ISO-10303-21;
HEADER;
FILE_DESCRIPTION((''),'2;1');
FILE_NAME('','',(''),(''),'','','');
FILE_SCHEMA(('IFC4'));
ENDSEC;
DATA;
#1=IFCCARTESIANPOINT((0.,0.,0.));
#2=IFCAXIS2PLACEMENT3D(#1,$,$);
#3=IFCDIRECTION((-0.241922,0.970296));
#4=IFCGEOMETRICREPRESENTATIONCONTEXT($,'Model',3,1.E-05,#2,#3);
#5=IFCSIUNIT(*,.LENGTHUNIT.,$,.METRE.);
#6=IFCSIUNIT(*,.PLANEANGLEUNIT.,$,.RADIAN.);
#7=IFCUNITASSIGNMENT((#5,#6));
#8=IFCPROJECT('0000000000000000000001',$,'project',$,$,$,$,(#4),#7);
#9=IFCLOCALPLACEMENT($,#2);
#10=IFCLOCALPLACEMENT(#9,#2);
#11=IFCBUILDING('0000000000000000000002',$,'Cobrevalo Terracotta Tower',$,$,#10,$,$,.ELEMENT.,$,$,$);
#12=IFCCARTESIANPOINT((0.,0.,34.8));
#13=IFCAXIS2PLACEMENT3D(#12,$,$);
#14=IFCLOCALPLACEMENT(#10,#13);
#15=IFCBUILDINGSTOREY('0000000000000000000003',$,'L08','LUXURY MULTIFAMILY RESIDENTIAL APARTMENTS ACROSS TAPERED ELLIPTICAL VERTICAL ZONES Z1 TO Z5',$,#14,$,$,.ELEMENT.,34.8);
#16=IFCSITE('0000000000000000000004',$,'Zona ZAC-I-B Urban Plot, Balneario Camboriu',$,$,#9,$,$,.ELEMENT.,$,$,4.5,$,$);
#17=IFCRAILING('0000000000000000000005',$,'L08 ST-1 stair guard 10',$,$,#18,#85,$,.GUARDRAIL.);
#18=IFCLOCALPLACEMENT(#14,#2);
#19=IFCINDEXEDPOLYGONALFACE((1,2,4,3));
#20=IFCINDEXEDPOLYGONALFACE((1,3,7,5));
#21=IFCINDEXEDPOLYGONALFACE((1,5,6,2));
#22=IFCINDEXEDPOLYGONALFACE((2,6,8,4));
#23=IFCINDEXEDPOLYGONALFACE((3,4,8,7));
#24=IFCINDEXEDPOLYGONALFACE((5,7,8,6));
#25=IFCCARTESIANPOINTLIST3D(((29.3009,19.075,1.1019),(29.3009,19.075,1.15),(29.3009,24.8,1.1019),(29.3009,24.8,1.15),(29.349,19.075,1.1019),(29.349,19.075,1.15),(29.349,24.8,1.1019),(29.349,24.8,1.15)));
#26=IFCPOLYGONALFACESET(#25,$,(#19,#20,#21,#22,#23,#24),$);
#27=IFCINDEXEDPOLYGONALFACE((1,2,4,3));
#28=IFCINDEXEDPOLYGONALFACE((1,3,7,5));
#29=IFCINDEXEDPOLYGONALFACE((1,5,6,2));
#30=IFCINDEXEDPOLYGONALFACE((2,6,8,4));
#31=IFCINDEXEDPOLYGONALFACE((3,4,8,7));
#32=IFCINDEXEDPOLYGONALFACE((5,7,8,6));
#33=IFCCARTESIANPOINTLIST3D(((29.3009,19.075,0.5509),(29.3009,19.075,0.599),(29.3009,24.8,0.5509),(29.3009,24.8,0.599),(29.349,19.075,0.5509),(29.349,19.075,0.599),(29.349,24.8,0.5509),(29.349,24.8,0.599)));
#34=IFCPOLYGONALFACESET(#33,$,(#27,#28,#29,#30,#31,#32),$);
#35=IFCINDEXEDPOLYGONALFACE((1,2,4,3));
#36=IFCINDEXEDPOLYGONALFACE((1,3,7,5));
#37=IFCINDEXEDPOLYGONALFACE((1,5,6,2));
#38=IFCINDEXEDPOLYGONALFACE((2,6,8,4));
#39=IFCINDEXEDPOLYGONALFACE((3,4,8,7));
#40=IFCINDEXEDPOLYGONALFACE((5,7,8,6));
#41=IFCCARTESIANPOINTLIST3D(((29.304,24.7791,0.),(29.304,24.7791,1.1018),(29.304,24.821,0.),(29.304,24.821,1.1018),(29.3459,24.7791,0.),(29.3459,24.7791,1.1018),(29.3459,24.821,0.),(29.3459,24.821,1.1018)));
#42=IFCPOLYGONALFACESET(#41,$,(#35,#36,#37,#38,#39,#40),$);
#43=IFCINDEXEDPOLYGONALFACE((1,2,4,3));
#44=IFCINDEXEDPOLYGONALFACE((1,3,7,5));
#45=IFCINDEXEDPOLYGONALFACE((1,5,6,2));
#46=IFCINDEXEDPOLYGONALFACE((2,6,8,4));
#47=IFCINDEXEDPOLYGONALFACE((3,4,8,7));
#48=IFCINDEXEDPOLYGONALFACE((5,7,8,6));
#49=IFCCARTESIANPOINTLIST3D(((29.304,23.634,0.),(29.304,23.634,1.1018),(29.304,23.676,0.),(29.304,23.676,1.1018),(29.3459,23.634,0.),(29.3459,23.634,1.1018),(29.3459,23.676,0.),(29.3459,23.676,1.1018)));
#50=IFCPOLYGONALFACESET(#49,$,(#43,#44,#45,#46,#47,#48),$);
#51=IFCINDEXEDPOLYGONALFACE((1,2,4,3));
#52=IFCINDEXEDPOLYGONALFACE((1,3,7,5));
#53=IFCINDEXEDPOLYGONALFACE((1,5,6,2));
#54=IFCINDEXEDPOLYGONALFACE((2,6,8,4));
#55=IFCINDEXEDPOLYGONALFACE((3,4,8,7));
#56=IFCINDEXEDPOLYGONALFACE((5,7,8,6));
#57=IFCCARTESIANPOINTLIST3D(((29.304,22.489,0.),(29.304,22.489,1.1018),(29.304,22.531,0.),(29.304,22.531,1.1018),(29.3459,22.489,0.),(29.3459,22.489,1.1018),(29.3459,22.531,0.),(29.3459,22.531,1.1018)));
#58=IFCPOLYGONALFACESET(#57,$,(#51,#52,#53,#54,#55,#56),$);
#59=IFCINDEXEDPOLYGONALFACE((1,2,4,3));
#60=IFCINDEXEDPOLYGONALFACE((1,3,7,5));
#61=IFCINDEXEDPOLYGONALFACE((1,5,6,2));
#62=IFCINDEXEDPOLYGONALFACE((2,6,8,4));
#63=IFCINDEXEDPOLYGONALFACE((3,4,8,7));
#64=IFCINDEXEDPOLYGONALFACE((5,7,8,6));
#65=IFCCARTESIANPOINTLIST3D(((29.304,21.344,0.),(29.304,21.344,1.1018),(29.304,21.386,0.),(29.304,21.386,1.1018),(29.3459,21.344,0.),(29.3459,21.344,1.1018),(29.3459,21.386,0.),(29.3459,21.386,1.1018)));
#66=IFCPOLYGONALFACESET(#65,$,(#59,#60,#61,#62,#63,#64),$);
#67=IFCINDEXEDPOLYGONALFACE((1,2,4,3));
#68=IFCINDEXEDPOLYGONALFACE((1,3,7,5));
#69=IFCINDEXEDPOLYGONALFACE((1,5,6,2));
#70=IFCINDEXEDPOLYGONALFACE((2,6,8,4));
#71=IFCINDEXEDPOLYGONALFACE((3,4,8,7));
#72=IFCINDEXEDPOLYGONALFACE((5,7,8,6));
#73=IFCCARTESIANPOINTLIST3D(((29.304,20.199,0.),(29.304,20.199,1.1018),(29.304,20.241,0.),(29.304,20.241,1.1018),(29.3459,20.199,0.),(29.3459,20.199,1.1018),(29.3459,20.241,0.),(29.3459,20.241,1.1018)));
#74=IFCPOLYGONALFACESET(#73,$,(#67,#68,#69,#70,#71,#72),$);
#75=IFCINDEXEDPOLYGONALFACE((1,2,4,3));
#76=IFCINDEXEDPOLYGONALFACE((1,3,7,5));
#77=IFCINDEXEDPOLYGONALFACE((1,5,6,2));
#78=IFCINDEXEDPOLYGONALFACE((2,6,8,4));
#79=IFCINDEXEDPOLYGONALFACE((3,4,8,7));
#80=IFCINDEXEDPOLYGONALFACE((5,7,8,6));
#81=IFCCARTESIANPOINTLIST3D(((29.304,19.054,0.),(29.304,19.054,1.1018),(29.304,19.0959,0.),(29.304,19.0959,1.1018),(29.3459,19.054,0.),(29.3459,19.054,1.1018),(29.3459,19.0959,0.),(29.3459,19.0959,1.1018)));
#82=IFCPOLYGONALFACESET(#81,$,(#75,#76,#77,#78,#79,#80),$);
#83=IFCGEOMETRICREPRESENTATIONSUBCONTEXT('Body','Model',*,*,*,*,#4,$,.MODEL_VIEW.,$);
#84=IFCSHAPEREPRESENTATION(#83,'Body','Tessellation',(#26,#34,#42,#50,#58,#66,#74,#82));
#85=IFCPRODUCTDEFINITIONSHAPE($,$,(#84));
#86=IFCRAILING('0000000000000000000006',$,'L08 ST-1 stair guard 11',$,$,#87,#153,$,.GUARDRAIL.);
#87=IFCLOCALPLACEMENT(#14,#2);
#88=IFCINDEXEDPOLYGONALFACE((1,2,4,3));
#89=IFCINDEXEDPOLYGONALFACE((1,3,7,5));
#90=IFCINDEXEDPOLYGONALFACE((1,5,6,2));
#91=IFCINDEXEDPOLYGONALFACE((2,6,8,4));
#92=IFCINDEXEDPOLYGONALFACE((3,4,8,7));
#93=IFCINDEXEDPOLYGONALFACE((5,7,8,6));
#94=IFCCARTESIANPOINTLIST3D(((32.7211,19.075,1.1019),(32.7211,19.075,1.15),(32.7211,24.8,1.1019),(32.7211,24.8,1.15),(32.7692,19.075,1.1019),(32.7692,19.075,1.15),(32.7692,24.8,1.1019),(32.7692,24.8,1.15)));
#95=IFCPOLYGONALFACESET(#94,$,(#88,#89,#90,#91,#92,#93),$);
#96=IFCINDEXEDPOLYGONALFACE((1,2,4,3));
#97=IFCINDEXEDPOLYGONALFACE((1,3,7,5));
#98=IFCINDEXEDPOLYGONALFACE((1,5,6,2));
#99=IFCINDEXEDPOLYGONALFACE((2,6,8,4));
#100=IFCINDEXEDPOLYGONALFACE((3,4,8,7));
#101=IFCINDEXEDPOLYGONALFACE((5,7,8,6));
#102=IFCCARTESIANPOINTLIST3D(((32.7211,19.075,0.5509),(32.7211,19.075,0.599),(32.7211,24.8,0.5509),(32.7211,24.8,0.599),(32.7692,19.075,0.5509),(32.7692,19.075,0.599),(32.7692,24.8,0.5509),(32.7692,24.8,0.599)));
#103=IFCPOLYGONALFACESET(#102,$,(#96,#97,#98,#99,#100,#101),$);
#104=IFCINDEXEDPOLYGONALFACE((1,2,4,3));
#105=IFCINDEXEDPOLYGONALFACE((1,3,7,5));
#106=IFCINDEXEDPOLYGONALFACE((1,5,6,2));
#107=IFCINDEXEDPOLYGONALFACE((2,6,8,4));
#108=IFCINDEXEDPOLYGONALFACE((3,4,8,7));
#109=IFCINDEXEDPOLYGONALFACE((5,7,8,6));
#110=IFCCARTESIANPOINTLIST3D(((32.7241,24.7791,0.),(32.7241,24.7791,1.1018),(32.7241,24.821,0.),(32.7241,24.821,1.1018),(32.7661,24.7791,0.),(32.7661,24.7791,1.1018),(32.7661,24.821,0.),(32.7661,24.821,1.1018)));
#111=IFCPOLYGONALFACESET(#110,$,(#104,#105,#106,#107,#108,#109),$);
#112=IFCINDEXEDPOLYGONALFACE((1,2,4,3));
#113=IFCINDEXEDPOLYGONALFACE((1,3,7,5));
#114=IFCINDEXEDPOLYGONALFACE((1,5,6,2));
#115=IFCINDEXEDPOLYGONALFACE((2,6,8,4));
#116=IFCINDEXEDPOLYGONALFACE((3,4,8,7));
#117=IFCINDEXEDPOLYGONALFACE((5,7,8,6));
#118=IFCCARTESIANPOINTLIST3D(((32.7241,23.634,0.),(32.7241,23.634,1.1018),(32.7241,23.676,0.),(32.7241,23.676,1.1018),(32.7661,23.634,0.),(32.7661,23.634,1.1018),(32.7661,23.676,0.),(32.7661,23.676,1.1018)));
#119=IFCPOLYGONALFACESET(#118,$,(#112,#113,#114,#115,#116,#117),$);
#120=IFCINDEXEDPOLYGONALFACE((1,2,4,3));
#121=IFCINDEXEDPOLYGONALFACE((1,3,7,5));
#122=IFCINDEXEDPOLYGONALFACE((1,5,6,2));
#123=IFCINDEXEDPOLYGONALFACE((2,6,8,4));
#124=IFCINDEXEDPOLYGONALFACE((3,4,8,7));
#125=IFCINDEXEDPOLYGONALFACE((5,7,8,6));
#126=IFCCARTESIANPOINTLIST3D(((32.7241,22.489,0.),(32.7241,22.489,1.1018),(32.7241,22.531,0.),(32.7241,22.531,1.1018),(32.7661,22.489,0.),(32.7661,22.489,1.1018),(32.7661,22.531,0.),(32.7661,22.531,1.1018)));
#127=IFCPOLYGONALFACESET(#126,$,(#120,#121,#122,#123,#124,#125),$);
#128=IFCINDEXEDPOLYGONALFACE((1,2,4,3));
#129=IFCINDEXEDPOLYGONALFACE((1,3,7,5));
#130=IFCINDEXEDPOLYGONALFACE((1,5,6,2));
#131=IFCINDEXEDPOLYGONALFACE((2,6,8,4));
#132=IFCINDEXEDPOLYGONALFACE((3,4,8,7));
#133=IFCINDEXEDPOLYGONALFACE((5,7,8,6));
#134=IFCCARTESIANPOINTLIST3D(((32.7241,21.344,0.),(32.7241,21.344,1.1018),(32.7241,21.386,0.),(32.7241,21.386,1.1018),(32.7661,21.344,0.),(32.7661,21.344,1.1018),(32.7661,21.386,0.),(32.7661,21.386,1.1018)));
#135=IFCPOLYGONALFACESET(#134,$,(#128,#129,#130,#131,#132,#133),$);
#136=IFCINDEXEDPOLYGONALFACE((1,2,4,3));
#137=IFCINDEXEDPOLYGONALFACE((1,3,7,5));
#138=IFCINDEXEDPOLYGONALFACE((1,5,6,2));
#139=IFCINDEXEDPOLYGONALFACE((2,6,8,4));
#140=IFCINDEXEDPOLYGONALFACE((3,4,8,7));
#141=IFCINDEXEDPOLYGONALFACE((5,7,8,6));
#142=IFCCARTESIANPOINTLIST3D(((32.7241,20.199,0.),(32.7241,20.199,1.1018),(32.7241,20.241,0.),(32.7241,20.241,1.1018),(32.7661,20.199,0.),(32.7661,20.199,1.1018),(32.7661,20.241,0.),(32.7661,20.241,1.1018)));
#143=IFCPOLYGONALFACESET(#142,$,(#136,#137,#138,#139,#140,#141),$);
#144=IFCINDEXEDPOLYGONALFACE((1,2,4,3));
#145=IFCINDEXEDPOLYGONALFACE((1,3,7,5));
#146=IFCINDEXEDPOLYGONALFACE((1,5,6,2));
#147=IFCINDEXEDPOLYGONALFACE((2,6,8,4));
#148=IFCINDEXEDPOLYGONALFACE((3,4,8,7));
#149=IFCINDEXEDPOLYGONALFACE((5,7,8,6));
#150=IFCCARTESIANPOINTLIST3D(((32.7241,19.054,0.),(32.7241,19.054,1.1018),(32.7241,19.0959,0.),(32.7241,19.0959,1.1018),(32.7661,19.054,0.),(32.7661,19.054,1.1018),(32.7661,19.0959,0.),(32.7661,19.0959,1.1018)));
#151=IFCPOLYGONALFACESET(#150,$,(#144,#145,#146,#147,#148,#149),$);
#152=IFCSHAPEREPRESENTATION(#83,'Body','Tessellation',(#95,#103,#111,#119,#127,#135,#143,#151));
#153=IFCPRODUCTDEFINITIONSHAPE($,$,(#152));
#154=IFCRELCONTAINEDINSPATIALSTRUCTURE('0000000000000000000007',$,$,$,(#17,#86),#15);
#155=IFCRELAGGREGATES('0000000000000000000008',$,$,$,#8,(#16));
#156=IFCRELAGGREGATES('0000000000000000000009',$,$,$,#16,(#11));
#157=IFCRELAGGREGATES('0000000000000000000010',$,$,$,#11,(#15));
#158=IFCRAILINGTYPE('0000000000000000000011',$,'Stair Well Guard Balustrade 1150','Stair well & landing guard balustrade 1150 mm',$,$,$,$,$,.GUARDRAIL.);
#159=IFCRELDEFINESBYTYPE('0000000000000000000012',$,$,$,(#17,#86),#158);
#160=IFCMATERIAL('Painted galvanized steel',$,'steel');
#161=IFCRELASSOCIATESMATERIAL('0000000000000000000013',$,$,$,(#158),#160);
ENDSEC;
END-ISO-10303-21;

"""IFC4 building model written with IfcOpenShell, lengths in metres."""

from ifc_helpers import new_model, si_unit, direction, frame, origin, origin_2d, place, context, subcontext, project, spatial, rectangle, extrude, material, type_object, element, save


model = new_model("IFC4")

# Units and contexts
model_context = context("Model", 3, precision=1e-05, world=origin(), true_north=direction((-0.241922, 0.970296)))
body_context = subcontext(model_context, "Body", "Model", "MODEL_VIEW")
ifc_project = project(units=[si_unit("LENGTHUNIT", "METRE"), si_unit("PLANEANGLEUNIT", "RADIAN")], contexts=[model_context])

# Site, building, storey
site_placement = place(None, origin())
site = spatial("IfcSite", under=ifc_project, at=site_placement, Name="Zona ZAC-I-B Urban Plot, Balneario Camboriu", CompositionType="ELEMENT", RefElevation=4.5)
building_placement = place(site_placement, origin())
building = spatial("IfcBuilding", under=site, at=building_placement, Name="Cobrevalo Terracotta Tower", CompositionType="ELEMENT")
storey_placement = place(building_placement, frame((0.0, 0.0, 34.8)))
storey = spatial("IfcBuildingStorey", under=building, at=storey_placement, Name="L08", Description="LUXURY MULTIFAMILY RESIDENTIAL APARTMENTS ACROSS TAPERED ELLIPTICAL VERTICAL ZONES Z1 TO Z5", CompositionType="ELEMENT", Elevation=34.8)

# Railings
ifc_material_1 = material(Name="Painted galvanized steel", Category="steel")
railing_type_1 = type_object("IfcRailingType", Name="Stair Well Guard Balustrade 1150", Description="Stair well & landing guard balustrade 1150 mm", PredefinedType="GUARDRAIL", material=ifc_material_1)
for number, where, name in (
    (1, (29.325, 24.8, 0.0), "L08 ST-1 stair guard 10"),
    (2, (32.7451, 24.8, 0.0), "L08 ST-1 stair guard 11"),
):
    element("IfcRailing", number, at=place(storey_placement, frame(where)), inside=storey, type_object=railing_type_1, Name=name, PredefinedType="GUARDRAIL", context=body_context, shape_type="SweptSolid", body=[
        extrude(rectangle(XDim=0.0481, YDim=0.0481, at=origin_2d()), frame((0.0, 0.0, 1.126), z_axis=(0.0, -1.0, 0.0), x_axis=(1.0, 0.0, 0.0)), (0.0, 0.0, 1.0), 5.7251),
        extrude(rectangle(XDim=0.0481, YDim=0.0481, at=origin_2d()), frame((0.0, 0.0, 0.575), z_axis=(0.0, -1.0, 0.0), x_axis=(1.0, 0.0, 0.0)), (0.0, 0.0, 1.0), 5.7251),
        extrude(rectangle(XDim=0.042, YDim=0.042, at=origin_2d()), origin(), (0.0, 0.0, 1.0), 1.1018),
        extrude(rectangle(XDim=0.042, YDim=0.042, at=origin_2d()), frame((0.0, -1.145, 0.0)), (0.0, 0.0, 1.0), 1.1018),
        extrude(rectangle(XDim=0.042, YDim=0.042, at=origin_2d()), frame((0.0, -2.29, 0.0)), (0.0, 0.0, 1.0), 1.1018),
        extrude(rectangle(XDim=0.042, YDim=0.042, at=origin_2d()), frame((0.0, -3.4351, 0.0)), (0.0, 0.0, 1.0), 1.1018),
        extrude(rectangle(XDim=0.042, YDim=0.042, at=origin_2d()), frame((0.0, -4.5801, 0.0)), (0.0, 0.0, 1.0), 1.1018),
        extrude(rectangle(XDim=0.042, YDim=0.042, at=origin_2d()), frame((0.0, -5.7251, 0.0)), (0.0, 0.0, 1.0), 1.1018),
    ])

save(model, "model.ifc")
